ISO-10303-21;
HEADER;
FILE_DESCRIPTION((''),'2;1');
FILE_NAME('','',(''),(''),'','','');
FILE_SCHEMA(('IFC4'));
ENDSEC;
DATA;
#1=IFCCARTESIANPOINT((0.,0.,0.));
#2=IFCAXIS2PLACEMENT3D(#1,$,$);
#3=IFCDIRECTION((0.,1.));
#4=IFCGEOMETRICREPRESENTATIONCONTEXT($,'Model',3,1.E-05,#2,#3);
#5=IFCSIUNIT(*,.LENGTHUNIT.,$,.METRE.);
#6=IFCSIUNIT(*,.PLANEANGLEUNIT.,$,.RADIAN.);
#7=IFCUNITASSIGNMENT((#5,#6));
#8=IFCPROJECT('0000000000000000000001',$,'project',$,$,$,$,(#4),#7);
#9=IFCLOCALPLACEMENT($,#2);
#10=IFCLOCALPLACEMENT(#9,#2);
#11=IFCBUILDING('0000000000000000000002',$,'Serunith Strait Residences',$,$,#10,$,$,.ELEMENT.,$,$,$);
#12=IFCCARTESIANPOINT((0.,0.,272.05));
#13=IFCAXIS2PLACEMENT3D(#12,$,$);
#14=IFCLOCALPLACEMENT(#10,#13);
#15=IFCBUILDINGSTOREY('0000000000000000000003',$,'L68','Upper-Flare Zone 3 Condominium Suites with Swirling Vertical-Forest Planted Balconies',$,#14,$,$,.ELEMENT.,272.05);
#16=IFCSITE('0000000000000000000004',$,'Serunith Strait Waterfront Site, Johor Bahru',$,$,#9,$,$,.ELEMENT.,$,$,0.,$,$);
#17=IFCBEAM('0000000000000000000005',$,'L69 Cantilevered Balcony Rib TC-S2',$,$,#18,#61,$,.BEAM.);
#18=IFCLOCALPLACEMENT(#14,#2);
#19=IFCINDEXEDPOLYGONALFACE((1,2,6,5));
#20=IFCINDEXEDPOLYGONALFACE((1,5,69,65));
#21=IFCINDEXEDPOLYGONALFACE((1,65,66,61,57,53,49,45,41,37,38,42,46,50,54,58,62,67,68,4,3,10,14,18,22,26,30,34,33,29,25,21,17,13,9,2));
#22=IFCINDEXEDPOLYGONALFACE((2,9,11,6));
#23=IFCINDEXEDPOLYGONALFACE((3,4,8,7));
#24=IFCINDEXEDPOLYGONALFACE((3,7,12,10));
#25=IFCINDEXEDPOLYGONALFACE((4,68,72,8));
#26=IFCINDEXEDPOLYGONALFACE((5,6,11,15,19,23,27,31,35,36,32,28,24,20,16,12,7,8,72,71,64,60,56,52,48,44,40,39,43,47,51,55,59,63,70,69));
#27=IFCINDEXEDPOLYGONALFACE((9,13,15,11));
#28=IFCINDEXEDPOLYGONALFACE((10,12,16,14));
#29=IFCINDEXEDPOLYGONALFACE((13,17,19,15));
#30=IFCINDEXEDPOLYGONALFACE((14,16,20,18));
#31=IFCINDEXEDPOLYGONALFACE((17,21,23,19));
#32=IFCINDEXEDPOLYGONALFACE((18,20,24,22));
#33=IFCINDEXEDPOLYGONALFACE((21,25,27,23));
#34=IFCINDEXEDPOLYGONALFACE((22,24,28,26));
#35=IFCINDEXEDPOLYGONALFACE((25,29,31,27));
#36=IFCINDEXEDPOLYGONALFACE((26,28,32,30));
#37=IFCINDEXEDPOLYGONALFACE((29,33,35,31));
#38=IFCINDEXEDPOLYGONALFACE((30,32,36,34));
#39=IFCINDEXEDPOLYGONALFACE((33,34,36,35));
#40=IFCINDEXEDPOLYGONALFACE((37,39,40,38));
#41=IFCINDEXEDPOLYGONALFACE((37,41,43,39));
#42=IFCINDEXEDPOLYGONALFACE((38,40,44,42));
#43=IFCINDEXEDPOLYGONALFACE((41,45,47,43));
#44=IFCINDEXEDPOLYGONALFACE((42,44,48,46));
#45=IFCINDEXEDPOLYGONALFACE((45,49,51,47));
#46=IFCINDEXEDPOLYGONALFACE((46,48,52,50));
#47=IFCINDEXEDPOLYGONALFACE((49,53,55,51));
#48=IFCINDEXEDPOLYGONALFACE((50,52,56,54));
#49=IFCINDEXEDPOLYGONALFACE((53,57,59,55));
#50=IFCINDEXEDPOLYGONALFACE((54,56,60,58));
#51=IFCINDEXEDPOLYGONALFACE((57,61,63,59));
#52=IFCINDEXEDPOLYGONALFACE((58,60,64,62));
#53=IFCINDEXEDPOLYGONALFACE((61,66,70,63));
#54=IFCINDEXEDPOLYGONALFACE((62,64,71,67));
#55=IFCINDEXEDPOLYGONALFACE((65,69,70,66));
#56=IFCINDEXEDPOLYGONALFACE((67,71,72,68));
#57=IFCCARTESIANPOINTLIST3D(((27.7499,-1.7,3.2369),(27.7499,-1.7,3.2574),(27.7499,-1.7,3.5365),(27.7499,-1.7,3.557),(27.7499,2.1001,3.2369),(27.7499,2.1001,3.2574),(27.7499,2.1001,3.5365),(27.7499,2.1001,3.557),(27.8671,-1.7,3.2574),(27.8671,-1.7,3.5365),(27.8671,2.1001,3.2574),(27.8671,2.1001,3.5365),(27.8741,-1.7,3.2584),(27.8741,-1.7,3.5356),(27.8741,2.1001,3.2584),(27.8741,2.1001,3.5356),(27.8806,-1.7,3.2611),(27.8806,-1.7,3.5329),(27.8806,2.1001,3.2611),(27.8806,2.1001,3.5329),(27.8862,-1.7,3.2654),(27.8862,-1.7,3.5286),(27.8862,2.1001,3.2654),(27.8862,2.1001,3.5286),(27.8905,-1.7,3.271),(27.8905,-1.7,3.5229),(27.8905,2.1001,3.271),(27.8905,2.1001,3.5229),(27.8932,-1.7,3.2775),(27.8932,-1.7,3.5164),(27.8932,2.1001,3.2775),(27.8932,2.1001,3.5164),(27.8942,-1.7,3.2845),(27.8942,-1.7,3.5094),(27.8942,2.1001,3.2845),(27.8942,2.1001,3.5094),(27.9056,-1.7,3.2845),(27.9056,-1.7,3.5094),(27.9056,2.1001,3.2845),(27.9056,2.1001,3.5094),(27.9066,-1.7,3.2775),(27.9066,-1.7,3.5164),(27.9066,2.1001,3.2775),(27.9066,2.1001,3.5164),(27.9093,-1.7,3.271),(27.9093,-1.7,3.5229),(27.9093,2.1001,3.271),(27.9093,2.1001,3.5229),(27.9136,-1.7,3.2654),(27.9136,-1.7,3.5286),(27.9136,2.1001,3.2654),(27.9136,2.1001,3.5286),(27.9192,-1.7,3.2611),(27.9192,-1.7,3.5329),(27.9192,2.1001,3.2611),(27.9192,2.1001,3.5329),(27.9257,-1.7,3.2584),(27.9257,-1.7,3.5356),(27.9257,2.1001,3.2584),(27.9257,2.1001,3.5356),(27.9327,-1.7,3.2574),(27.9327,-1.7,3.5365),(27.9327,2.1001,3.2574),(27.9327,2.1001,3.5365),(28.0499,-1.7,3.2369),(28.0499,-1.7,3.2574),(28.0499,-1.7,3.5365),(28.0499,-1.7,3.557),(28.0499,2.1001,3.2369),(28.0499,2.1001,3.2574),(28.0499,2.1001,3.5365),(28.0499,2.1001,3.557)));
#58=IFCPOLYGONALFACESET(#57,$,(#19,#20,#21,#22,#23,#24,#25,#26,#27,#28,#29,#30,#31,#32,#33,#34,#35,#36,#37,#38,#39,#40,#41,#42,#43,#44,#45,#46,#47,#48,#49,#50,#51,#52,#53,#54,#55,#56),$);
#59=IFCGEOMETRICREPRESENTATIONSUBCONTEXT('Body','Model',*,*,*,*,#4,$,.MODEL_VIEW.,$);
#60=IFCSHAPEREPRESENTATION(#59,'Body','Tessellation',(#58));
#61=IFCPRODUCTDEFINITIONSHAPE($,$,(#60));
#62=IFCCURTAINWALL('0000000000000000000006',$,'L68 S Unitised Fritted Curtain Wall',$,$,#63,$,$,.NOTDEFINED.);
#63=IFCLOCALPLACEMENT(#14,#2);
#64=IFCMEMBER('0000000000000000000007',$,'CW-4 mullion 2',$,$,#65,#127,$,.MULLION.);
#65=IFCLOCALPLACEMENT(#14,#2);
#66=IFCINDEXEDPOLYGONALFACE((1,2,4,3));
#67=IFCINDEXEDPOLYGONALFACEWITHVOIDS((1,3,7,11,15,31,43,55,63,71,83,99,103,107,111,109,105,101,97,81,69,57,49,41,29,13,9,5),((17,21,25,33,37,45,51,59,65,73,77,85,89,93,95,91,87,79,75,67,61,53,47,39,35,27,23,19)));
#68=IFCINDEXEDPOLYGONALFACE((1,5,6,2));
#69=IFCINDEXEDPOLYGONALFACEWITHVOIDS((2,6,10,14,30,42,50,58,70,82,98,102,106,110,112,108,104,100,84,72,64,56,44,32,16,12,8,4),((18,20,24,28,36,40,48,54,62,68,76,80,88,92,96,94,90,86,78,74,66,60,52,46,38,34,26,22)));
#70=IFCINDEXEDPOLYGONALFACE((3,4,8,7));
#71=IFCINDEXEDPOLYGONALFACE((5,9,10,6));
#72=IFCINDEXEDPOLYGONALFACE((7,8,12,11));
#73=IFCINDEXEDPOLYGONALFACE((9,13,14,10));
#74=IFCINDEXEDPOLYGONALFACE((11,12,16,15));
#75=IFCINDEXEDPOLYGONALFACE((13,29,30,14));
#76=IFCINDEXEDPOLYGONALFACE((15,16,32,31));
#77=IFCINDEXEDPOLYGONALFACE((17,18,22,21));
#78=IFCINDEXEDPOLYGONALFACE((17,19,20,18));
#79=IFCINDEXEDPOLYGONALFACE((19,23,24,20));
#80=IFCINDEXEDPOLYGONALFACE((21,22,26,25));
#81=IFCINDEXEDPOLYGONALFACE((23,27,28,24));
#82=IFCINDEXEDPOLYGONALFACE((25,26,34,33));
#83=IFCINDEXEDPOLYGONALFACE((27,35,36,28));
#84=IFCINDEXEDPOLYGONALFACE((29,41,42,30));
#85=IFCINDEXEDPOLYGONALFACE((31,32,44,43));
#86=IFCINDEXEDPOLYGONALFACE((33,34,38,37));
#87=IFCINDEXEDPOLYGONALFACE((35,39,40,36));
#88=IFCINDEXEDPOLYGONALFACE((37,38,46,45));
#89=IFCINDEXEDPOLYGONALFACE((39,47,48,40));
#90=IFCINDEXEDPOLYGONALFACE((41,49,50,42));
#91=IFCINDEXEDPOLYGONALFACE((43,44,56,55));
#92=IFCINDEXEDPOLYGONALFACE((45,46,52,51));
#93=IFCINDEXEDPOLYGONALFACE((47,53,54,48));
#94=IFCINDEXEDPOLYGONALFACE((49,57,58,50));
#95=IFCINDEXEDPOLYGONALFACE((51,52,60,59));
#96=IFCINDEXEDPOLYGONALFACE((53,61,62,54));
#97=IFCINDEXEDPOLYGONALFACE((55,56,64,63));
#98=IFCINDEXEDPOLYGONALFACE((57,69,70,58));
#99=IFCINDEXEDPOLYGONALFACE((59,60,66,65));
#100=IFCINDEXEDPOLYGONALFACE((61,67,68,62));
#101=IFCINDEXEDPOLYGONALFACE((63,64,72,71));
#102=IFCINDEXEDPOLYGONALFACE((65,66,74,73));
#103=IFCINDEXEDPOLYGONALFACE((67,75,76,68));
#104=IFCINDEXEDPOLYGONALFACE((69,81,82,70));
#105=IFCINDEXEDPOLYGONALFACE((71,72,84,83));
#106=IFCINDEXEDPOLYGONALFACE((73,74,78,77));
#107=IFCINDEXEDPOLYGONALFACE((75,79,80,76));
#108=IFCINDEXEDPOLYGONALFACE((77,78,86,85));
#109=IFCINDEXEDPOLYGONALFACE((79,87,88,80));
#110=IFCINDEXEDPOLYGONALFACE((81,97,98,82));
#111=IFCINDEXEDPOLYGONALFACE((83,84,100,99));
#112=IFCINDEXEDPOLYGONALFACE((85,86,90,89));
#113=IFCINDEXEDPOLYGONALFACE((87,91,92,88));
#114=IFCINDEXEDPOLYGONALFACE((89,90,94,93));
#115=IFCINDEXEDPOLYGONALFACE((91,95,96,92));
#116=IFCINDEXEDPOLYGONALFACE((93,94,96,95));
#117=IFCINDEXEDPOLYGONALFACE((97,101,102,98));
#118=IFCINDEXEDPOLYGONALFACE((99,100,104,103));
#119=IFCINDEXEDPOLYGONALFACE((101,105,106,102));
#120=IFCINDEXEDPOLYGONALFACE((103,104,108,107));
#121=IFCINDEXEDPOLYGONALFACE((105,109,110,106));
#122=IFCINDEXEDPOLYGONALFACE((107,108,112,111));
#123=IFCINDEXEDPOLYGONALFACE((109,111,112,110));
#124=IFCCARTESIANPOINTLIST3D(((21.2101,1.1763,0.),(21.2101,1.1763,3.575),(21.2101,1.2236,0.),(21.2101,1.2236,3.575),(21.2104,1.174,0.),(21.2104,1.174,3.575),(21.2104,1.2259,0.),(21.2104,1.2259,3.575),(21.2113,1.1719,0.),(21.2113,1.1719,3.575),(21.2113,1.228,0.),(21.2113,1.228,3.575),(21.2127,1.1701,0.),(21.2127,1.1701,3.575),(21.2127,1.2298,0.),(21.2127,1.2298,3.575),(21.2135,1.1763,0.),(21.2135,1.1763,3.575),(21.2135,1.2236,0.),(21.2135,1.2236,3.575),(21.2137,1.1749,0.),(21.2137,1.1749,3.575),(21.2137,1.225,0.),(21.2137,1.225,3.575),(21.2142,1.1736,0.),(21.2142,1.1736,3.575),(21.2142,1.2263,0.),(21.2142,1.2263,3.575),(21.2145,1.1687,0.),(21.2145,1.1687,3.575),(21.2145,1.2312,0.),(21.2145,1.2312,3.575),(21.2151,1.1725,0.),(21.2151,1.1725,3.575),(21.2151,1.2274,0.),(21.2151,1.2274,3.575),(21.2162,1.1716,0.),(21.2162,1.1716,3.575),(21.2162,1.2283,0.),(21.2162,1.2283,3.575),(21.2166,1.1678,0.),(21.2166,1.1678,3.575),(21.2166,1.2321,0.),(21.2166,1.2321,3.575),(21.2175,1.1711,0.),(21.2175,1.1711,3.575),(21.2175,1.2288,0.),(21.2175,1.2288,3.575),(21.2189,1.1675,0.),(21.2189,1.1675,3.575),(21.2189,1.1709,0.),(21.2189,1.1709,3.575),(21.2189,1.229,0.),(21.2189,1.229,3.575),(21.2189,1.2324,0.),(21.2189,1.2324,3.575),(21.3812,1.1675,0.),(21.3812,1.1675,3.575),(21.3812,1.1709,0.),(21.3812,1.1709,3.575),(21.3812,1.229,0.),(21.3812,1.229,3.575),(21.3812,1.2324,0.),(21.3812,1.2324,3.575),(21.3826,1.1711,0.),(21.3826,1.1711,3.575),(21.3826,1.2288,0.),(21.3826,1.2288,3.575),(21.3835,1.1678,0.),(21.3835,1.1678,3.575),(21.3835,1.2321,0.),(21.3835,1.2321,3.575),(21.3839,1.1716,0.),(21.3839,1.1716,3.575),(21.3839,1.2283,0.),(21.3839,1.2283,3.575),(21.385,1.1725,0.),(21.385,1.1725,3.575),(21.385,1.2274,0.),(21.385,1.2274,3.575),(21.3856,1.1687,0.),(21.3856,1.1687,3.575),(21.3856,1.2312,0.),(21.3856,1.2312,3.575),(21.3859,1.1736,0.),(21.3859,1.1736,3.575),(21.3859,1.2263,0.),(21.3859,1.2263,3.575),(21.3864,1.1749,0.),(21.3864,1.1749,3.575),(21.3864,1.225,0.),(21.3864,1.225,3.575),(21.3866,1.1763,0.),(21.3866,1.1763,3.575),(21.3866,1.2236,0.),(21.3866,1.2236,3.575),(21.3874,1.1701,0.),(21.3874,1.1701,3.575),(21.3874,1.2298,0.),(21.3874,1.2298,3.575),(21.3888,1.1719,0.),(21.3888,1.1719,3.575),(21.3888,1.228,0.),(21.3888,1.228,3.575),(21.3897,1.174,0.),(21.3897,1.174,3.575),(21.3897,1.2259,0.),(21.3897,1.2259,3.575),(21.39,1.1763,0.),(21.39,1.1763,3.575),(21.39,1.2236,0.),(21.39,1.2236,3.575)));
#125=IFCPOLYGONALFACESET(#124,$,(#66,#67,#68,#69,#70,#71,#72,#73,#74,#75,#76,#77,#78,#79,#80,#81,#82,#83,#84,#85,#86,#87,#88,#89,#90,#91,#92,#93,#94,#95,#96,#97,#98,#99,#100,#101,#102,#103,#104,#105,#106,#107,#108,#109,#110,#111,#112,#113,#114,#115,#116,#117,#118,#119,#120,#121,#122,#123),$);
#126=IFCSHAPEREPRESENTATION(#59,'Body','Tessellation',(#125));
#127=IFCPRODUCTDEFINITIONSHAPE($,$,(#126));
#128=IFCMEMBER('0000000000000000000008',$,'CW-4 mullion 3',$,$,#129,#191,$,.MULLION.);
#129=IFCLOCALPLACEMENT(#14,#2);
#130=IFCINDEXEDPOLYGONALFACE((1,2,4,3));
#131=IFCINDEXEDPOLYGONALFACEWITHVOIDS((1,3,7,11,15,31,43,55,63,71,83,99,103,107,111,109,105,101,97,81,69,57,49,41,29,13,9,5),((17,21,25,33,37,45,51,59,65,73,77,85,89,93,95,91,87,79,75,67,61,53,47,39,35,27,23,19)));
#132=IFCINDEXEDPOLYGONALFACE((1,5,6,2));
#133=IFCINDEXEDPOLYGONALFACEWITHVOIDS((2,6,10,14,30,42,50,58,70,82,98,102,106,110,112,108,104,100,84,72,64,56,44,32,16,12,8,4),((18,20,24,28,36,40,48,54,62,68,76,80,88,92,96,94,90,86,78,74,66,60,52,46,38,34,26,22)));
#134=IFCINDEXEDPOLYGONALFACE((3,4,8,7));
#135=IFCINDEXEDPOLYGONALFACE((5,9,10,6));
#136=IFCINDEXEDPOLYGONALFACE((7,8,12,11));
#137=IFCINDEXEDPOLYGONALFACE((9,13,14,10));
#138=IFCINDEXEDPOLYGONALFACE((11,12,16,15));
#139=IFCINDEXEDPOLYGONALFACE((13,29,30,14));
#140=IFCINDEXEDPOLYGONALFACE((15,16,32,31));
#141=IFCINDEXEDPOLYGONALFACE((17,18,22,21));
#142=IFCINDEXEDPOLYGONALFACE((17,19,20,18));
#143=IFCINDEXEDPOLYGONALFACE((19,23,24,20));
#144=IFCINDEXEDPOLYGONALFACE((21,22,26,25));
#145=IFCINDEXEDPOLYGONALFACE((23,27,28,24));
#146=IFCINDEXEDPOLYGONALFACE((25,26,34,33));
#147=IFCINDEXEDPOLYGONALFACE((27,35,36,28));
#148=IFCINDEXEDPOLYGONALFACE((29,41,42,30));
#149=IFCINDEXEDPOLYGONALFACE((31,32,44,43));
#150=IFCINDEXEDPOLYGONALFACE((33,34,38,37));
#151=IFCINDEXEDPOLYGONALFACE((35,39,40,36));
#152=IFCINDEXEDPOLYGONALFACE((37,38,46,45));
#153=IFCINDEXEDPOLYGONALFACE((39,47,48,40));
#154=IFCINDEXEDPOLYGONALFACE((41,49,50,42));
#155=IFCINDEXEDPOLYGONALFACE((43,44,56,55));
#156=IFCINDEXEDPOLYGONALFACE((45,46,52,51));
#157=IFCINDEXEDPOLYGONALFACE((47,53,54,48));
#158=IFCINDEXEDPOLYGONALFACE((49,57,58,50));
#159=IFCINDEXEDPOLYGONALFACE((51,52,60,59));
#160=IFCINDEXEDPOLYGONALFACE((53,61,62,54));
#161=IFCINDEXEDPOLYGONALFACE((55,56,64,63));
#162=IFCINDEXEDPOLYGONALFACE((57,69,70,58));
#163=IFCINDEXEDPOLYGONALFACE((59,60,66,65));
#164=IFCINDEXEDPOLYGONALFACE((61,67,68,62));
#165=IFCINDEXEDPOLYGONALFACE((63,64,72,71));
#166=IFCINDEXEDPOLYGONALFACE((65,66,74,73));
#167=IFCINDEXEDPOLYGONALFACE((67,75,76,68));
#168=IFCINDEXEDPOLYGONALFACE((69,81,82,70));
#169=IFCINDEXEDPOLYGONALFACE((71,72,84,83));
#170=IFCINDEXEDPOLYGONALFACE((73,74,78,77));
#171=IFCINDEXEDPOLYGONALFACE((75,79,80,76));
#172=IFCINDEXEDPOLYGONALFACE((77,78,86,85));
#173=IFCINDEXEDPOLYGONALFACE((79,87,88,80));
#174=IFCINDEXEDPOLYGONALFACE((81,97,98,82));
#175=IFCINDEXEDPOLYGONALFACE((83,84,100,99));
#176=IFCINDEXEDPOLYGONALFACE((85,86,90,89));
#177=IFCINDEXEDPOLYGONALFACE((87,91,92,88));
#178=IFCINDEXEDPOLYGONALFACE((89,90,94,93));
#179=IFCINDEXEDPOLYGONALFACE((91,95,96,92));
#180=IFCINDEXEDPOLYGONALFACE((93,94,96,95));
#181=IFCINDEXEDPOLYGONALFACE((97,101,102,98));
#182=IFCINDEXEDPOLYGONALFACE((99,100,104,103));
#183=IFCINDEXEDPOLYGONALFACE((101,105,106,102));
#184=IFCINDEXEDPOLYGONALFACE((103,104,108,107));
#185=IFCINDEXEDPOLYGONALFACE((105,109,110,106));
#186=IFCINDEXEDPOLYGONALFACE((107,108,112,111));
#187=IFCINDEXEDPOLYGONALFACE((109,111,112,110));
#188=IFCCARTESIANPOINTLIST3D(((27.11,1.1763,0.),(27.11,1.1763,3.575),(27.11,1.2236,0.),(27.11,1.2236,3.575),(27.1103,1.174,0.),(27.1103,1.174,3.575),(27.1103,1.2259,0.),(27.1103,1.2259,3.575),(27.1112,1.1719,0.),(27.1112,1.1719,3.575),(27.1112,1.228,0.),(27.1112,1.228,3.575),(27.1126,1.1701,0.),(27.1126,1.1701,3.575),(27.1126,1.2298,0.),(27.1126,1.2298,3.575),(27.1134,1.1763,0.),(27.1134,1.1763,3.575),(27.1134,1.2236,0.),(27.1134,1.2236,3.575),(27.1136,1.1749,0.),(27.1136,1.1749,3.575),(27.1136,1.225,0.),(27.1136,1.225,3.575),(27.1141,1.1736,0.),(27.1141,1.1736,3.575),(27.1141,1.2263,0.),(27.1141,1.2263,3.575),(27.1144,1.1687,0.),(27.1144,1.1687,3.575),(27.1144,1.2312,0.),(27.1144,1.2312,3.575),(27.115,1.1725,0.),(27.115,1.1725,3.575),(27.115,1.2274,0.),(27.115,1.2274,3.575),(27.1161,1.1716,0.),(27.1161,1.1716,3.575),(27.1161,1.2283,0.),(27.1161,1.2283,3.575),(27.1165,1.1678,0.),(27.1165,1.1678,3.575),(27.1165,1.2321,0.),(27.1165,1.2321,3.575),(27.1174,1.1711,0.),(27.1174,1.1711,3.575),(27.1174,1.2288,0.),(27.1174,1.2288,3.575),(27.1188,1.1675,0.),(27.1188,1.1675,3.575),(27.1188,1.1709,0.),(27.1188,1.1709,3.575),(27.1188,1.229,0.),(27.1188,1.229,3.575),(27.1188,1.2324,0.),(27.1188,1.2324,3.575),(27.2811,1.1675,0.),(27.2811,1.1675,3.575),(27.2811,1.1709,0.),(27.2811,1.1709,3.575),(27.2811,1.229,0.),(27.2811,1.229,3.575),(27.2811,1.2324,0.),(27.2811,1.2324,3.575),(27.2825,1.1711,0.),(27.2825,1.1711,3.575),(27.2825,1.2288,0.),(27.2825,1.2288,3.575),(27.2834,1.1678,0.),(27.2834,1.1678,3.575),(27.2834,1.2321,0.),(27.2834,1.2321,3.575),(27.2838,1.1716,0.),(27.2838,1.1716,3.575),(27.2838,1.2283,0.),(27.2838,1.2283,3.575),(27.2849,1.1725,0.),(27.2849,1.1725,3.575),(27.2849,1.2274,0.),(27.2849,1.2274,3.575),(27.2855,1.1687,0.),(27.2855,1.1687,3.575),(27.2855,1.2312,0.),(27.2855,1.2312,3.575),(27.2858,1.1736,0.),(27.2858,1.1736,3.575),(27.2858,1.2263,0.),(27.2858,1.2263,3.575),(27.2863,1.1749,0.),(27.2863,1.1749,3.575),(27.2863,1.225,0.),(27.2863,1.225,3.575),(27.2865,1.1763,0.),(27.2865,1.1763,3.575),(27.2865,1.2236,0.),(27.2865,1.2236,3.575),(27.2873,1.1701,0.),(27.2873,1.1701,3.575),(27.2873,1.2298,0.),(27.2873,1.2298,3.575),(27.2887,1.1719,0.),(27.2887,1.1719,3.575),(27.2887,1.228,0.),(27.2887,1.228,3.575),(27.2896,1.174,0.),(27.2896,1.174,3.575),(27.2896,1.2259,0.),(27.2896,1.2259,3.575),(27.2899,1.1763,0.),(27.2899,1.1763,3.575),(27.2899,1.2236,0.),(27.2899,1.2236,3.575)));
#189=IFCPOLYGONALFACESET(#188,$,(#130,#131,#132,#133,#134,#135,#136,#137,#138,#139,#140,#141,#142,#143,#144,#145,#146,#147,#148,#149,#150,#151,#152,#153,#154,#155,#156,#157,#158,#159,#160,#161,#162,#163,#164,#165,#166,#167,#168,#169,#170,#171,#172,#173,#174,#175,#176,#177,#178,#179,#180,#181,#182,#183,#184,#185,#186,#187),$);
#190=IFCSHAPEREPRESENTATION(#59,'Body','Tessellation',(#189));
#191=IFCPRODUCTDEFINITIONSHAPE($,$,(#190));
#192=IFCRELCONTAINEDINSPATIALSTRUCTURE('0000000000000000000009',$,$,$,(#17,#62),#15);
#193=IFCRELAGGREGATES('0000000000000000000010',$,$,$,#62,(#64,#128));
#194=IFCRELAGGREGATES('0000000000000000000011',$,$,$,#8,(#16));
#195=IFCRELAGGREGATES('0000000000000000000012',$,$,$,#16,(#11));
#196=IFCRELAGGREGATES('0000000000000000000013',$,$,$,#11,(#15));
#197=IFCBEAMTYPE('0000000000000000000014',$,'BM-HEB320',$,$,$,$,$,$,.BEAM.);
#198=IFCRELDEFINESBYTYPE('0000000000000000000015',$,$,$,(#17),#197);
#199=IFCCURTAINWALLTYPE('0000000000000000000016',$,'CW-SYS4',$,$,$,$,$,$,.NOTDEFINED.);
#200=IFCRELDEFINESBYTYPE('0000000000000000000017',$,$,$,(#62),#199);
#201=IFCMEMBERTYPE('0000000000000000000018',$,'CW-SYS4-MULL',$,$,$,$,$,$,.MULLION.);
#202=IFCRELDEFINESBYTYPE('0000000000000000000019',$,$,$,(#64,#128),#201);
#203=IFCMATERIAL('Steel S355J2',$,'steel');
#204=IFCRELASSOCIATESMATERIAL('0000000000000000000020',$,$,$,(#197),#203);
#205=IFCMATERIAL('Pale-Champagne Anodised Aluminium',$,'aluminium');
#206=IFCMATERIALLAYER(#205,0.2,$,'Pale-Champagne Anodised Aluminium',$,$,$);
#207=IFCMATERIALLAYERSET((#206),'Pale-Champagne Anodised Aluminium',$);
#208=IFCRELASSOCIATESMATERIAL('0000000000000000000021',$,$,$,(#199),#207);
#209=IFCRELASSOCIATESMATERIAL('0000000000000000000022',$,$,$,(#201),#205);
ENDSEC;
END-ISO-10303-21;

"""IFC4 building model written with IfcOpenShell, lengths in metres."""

from ifc_helpers import new_model, si_unit, direction, frame, origin, origin_2d, place, context, subcontext, project, spatial, hollow_rectangle, i_section, extrude, source, transform, mapped, material, layer, layer_set, material_profile, profile_set, type_object, element, aggregate, save


model = new_model("IFC4")

# Units and contexts
model_context = context("Model", 3, precision=1e-05, world=origin(), true_north=direction((0.0, 1.0)))
body_context = subcontext(model_context, "Body", "Model", "MODEL_VIEW")
ifc_project = project(units=[si_unit("LENGTHUNIT", "METRE"), si_unit("PLANEANGLEUNIT", "RADIAN")], contexts=[model_context])

# Site, building, storey
site_placement = place(None, origin())
site = spatial("IfcSite", under=ifc_project, at=site_placement, Name="Serunith Strait Waterfront Site, Johor Bahru", CompositionType="ELEMENT", RefElevation=0.0)
building_placement = place(site_placement, origin())
building = spatial("IfcBuilding", under=site, at=building_placement, Name="Serunith Strait Residences", CompositionType="ELEMENT")
storey_placement = place(building_placement, frame((0.0, 0.0, 272.05)))
storey = spatial("IfcBuildingStorey", under=building, at=storey_placement, Name="L68", Description="Upper-Flare Zone 3 Condominium Suites with Swirling Vertical-Forest Planted Balconies", CompositionType="ELEMENT", Elevation=272.05)

# Beam
ifc_material_1 = material(Name="Steel S355J2", Category="steel")
ifc_material_profile_1 = material_profile(ifc_material_1, i_section(OverallWidth=0.3, OverallDepth=0.3201, WebThickness=0.0115, FlangeThickness=0.0205, FilletRadius=0.0271, at=origin_2d()), Name="HEB 320")
ifc_profile_set_1 = profile_set([ifc_material_profile_1], Name="Steel S355J2")
beam_type_1 = type_object("IfcBeamType", Name="BM-HEB320", PredefinedType="BEAM", material=ifc_profile_set_1)
shared_shape_1 = source(origin(), body_context, "Body", "SweptSolid", [
    extrude(i_section(OverallWidth=0.3, OverallDepth=0.3201, WebThickness=0.0115, FlangeThickness=0.0205, FilletRadius=0.0271, at=origin_2d()), origin(), (0.0, 0.0, 1.0), 3.8),
])
beam_1_placement = place(storey_placement, frame((27.8999, 2.1001, 3.397), z_axis=(0.0, -1.0, 0.0), x_axis=(1.0, 0.0, 0.0)))
element("IfcBeam", 1, at=beam_1_placement, inside=storey, type_object=beam_type_1, Name="L69 Cantilevered Balcony Rib TC-S2", PredefinedType="BEAM", context=body_context, shape_type="MappedRepresentation", body=[
    mapped(shared_shape_1, transform((0.0, 0.0, 0.0), scale=1.0)),
])

# Curtain wall, members
ifc_material_2 = material(Name="Pale-Champagne Anodised Aluminium", Category="aluminium")
ifc_layer_1 = layer(ifc_material_2, 0.2, Name="Pale-Champagne Anodised Aluminium")
ifc_layer_set_1 = layer_set([ifc_layer_1], Name="Pale-Champagne Anodised Aluminium")
curtain_wall_type = type_object("IfcCurtainWallType", Name="CW-SYS4", PredefinedType="NOTDEFINED", material=ifc_layer_set_1)
curtain_wall_placement = place(storey_placement, origin())
curtain_wall = element("IfcCurtainWall", 2, at=curtain_wall_placement, inside=storey, type_object=curtain_wall_type, Name="L68 S Unitised Fritted Curtain Wall", PredefinedType="NOTDEFINED")
ifc_material_profile_2 = material_profile(ifc_material_2, hollow_rectangle(XDim=0.0649, YDim=0.1799, WallThickness=0.0034, InnerFilletRadius=0.0054, OuterFilletRadius=0.0088, at=origin_2d()), Name="ALU 180x65x3.5")
ifc_profile_set_2 = profile_set([ifc_material_profile_2], Name="Pale-Champagne Anodised Aluminium")
member_type_1 = type_object("IfcMemberType", Name="CW-SYS4-MULL", PredefinedType="MULLION", material=ifc_profile_set_2)
shared_shape_2 = source(origin(), body_context, "Body", "SweptSolid", [
    extrude(hollow_rectangle(XDim=0.0649, YDim=0.1799, WallThickness=0.0034, InnerFilletRadius=0.0054, OuterFilletRadius=0.0088, at=origin_2d()), origin(), (0.0, 0.0, 1.0), 3.575),
])
member_1_placement = place(storey_placement, frame((21.3, 1.2, 0.0), z_axis=(0.0, 0.0, 1.0), x_axis=(0.0, 1.0, 0.0)))
member_1 = element("IfcMember", 3, at=member_1_placement, type_object=member_type_1, Name="CW-4 mullion 2", PredefinedType="MULLION", context=body_context, shape_type="MappedRepresentation", body=[
    mapped(shared_shape_2, transform((0.0, 0.0, 0.0), scale=1.0)),
])
member_2_placement = place(storey_placement, frame((27.2, 1.2, 0.0), z_axis=(0.0, 0.0, 1.0), x_axis=(0.0, 1.0, 0.0)))
member_2 = element("IfcMember", 4, at=member_2_placement, type_object=member_type_1, Name="CW-4 mullion 3", PredefinedType="MULLION", context=body_context, shape_type="MappedRepresentation", body=[
    mapped(shared_shape_2, transform((0.0, 0.0, 0.0), scale=1.0)),
])
aggregate(curtain_wall, [member_1, member_2])

save(model, "model.ifc")
